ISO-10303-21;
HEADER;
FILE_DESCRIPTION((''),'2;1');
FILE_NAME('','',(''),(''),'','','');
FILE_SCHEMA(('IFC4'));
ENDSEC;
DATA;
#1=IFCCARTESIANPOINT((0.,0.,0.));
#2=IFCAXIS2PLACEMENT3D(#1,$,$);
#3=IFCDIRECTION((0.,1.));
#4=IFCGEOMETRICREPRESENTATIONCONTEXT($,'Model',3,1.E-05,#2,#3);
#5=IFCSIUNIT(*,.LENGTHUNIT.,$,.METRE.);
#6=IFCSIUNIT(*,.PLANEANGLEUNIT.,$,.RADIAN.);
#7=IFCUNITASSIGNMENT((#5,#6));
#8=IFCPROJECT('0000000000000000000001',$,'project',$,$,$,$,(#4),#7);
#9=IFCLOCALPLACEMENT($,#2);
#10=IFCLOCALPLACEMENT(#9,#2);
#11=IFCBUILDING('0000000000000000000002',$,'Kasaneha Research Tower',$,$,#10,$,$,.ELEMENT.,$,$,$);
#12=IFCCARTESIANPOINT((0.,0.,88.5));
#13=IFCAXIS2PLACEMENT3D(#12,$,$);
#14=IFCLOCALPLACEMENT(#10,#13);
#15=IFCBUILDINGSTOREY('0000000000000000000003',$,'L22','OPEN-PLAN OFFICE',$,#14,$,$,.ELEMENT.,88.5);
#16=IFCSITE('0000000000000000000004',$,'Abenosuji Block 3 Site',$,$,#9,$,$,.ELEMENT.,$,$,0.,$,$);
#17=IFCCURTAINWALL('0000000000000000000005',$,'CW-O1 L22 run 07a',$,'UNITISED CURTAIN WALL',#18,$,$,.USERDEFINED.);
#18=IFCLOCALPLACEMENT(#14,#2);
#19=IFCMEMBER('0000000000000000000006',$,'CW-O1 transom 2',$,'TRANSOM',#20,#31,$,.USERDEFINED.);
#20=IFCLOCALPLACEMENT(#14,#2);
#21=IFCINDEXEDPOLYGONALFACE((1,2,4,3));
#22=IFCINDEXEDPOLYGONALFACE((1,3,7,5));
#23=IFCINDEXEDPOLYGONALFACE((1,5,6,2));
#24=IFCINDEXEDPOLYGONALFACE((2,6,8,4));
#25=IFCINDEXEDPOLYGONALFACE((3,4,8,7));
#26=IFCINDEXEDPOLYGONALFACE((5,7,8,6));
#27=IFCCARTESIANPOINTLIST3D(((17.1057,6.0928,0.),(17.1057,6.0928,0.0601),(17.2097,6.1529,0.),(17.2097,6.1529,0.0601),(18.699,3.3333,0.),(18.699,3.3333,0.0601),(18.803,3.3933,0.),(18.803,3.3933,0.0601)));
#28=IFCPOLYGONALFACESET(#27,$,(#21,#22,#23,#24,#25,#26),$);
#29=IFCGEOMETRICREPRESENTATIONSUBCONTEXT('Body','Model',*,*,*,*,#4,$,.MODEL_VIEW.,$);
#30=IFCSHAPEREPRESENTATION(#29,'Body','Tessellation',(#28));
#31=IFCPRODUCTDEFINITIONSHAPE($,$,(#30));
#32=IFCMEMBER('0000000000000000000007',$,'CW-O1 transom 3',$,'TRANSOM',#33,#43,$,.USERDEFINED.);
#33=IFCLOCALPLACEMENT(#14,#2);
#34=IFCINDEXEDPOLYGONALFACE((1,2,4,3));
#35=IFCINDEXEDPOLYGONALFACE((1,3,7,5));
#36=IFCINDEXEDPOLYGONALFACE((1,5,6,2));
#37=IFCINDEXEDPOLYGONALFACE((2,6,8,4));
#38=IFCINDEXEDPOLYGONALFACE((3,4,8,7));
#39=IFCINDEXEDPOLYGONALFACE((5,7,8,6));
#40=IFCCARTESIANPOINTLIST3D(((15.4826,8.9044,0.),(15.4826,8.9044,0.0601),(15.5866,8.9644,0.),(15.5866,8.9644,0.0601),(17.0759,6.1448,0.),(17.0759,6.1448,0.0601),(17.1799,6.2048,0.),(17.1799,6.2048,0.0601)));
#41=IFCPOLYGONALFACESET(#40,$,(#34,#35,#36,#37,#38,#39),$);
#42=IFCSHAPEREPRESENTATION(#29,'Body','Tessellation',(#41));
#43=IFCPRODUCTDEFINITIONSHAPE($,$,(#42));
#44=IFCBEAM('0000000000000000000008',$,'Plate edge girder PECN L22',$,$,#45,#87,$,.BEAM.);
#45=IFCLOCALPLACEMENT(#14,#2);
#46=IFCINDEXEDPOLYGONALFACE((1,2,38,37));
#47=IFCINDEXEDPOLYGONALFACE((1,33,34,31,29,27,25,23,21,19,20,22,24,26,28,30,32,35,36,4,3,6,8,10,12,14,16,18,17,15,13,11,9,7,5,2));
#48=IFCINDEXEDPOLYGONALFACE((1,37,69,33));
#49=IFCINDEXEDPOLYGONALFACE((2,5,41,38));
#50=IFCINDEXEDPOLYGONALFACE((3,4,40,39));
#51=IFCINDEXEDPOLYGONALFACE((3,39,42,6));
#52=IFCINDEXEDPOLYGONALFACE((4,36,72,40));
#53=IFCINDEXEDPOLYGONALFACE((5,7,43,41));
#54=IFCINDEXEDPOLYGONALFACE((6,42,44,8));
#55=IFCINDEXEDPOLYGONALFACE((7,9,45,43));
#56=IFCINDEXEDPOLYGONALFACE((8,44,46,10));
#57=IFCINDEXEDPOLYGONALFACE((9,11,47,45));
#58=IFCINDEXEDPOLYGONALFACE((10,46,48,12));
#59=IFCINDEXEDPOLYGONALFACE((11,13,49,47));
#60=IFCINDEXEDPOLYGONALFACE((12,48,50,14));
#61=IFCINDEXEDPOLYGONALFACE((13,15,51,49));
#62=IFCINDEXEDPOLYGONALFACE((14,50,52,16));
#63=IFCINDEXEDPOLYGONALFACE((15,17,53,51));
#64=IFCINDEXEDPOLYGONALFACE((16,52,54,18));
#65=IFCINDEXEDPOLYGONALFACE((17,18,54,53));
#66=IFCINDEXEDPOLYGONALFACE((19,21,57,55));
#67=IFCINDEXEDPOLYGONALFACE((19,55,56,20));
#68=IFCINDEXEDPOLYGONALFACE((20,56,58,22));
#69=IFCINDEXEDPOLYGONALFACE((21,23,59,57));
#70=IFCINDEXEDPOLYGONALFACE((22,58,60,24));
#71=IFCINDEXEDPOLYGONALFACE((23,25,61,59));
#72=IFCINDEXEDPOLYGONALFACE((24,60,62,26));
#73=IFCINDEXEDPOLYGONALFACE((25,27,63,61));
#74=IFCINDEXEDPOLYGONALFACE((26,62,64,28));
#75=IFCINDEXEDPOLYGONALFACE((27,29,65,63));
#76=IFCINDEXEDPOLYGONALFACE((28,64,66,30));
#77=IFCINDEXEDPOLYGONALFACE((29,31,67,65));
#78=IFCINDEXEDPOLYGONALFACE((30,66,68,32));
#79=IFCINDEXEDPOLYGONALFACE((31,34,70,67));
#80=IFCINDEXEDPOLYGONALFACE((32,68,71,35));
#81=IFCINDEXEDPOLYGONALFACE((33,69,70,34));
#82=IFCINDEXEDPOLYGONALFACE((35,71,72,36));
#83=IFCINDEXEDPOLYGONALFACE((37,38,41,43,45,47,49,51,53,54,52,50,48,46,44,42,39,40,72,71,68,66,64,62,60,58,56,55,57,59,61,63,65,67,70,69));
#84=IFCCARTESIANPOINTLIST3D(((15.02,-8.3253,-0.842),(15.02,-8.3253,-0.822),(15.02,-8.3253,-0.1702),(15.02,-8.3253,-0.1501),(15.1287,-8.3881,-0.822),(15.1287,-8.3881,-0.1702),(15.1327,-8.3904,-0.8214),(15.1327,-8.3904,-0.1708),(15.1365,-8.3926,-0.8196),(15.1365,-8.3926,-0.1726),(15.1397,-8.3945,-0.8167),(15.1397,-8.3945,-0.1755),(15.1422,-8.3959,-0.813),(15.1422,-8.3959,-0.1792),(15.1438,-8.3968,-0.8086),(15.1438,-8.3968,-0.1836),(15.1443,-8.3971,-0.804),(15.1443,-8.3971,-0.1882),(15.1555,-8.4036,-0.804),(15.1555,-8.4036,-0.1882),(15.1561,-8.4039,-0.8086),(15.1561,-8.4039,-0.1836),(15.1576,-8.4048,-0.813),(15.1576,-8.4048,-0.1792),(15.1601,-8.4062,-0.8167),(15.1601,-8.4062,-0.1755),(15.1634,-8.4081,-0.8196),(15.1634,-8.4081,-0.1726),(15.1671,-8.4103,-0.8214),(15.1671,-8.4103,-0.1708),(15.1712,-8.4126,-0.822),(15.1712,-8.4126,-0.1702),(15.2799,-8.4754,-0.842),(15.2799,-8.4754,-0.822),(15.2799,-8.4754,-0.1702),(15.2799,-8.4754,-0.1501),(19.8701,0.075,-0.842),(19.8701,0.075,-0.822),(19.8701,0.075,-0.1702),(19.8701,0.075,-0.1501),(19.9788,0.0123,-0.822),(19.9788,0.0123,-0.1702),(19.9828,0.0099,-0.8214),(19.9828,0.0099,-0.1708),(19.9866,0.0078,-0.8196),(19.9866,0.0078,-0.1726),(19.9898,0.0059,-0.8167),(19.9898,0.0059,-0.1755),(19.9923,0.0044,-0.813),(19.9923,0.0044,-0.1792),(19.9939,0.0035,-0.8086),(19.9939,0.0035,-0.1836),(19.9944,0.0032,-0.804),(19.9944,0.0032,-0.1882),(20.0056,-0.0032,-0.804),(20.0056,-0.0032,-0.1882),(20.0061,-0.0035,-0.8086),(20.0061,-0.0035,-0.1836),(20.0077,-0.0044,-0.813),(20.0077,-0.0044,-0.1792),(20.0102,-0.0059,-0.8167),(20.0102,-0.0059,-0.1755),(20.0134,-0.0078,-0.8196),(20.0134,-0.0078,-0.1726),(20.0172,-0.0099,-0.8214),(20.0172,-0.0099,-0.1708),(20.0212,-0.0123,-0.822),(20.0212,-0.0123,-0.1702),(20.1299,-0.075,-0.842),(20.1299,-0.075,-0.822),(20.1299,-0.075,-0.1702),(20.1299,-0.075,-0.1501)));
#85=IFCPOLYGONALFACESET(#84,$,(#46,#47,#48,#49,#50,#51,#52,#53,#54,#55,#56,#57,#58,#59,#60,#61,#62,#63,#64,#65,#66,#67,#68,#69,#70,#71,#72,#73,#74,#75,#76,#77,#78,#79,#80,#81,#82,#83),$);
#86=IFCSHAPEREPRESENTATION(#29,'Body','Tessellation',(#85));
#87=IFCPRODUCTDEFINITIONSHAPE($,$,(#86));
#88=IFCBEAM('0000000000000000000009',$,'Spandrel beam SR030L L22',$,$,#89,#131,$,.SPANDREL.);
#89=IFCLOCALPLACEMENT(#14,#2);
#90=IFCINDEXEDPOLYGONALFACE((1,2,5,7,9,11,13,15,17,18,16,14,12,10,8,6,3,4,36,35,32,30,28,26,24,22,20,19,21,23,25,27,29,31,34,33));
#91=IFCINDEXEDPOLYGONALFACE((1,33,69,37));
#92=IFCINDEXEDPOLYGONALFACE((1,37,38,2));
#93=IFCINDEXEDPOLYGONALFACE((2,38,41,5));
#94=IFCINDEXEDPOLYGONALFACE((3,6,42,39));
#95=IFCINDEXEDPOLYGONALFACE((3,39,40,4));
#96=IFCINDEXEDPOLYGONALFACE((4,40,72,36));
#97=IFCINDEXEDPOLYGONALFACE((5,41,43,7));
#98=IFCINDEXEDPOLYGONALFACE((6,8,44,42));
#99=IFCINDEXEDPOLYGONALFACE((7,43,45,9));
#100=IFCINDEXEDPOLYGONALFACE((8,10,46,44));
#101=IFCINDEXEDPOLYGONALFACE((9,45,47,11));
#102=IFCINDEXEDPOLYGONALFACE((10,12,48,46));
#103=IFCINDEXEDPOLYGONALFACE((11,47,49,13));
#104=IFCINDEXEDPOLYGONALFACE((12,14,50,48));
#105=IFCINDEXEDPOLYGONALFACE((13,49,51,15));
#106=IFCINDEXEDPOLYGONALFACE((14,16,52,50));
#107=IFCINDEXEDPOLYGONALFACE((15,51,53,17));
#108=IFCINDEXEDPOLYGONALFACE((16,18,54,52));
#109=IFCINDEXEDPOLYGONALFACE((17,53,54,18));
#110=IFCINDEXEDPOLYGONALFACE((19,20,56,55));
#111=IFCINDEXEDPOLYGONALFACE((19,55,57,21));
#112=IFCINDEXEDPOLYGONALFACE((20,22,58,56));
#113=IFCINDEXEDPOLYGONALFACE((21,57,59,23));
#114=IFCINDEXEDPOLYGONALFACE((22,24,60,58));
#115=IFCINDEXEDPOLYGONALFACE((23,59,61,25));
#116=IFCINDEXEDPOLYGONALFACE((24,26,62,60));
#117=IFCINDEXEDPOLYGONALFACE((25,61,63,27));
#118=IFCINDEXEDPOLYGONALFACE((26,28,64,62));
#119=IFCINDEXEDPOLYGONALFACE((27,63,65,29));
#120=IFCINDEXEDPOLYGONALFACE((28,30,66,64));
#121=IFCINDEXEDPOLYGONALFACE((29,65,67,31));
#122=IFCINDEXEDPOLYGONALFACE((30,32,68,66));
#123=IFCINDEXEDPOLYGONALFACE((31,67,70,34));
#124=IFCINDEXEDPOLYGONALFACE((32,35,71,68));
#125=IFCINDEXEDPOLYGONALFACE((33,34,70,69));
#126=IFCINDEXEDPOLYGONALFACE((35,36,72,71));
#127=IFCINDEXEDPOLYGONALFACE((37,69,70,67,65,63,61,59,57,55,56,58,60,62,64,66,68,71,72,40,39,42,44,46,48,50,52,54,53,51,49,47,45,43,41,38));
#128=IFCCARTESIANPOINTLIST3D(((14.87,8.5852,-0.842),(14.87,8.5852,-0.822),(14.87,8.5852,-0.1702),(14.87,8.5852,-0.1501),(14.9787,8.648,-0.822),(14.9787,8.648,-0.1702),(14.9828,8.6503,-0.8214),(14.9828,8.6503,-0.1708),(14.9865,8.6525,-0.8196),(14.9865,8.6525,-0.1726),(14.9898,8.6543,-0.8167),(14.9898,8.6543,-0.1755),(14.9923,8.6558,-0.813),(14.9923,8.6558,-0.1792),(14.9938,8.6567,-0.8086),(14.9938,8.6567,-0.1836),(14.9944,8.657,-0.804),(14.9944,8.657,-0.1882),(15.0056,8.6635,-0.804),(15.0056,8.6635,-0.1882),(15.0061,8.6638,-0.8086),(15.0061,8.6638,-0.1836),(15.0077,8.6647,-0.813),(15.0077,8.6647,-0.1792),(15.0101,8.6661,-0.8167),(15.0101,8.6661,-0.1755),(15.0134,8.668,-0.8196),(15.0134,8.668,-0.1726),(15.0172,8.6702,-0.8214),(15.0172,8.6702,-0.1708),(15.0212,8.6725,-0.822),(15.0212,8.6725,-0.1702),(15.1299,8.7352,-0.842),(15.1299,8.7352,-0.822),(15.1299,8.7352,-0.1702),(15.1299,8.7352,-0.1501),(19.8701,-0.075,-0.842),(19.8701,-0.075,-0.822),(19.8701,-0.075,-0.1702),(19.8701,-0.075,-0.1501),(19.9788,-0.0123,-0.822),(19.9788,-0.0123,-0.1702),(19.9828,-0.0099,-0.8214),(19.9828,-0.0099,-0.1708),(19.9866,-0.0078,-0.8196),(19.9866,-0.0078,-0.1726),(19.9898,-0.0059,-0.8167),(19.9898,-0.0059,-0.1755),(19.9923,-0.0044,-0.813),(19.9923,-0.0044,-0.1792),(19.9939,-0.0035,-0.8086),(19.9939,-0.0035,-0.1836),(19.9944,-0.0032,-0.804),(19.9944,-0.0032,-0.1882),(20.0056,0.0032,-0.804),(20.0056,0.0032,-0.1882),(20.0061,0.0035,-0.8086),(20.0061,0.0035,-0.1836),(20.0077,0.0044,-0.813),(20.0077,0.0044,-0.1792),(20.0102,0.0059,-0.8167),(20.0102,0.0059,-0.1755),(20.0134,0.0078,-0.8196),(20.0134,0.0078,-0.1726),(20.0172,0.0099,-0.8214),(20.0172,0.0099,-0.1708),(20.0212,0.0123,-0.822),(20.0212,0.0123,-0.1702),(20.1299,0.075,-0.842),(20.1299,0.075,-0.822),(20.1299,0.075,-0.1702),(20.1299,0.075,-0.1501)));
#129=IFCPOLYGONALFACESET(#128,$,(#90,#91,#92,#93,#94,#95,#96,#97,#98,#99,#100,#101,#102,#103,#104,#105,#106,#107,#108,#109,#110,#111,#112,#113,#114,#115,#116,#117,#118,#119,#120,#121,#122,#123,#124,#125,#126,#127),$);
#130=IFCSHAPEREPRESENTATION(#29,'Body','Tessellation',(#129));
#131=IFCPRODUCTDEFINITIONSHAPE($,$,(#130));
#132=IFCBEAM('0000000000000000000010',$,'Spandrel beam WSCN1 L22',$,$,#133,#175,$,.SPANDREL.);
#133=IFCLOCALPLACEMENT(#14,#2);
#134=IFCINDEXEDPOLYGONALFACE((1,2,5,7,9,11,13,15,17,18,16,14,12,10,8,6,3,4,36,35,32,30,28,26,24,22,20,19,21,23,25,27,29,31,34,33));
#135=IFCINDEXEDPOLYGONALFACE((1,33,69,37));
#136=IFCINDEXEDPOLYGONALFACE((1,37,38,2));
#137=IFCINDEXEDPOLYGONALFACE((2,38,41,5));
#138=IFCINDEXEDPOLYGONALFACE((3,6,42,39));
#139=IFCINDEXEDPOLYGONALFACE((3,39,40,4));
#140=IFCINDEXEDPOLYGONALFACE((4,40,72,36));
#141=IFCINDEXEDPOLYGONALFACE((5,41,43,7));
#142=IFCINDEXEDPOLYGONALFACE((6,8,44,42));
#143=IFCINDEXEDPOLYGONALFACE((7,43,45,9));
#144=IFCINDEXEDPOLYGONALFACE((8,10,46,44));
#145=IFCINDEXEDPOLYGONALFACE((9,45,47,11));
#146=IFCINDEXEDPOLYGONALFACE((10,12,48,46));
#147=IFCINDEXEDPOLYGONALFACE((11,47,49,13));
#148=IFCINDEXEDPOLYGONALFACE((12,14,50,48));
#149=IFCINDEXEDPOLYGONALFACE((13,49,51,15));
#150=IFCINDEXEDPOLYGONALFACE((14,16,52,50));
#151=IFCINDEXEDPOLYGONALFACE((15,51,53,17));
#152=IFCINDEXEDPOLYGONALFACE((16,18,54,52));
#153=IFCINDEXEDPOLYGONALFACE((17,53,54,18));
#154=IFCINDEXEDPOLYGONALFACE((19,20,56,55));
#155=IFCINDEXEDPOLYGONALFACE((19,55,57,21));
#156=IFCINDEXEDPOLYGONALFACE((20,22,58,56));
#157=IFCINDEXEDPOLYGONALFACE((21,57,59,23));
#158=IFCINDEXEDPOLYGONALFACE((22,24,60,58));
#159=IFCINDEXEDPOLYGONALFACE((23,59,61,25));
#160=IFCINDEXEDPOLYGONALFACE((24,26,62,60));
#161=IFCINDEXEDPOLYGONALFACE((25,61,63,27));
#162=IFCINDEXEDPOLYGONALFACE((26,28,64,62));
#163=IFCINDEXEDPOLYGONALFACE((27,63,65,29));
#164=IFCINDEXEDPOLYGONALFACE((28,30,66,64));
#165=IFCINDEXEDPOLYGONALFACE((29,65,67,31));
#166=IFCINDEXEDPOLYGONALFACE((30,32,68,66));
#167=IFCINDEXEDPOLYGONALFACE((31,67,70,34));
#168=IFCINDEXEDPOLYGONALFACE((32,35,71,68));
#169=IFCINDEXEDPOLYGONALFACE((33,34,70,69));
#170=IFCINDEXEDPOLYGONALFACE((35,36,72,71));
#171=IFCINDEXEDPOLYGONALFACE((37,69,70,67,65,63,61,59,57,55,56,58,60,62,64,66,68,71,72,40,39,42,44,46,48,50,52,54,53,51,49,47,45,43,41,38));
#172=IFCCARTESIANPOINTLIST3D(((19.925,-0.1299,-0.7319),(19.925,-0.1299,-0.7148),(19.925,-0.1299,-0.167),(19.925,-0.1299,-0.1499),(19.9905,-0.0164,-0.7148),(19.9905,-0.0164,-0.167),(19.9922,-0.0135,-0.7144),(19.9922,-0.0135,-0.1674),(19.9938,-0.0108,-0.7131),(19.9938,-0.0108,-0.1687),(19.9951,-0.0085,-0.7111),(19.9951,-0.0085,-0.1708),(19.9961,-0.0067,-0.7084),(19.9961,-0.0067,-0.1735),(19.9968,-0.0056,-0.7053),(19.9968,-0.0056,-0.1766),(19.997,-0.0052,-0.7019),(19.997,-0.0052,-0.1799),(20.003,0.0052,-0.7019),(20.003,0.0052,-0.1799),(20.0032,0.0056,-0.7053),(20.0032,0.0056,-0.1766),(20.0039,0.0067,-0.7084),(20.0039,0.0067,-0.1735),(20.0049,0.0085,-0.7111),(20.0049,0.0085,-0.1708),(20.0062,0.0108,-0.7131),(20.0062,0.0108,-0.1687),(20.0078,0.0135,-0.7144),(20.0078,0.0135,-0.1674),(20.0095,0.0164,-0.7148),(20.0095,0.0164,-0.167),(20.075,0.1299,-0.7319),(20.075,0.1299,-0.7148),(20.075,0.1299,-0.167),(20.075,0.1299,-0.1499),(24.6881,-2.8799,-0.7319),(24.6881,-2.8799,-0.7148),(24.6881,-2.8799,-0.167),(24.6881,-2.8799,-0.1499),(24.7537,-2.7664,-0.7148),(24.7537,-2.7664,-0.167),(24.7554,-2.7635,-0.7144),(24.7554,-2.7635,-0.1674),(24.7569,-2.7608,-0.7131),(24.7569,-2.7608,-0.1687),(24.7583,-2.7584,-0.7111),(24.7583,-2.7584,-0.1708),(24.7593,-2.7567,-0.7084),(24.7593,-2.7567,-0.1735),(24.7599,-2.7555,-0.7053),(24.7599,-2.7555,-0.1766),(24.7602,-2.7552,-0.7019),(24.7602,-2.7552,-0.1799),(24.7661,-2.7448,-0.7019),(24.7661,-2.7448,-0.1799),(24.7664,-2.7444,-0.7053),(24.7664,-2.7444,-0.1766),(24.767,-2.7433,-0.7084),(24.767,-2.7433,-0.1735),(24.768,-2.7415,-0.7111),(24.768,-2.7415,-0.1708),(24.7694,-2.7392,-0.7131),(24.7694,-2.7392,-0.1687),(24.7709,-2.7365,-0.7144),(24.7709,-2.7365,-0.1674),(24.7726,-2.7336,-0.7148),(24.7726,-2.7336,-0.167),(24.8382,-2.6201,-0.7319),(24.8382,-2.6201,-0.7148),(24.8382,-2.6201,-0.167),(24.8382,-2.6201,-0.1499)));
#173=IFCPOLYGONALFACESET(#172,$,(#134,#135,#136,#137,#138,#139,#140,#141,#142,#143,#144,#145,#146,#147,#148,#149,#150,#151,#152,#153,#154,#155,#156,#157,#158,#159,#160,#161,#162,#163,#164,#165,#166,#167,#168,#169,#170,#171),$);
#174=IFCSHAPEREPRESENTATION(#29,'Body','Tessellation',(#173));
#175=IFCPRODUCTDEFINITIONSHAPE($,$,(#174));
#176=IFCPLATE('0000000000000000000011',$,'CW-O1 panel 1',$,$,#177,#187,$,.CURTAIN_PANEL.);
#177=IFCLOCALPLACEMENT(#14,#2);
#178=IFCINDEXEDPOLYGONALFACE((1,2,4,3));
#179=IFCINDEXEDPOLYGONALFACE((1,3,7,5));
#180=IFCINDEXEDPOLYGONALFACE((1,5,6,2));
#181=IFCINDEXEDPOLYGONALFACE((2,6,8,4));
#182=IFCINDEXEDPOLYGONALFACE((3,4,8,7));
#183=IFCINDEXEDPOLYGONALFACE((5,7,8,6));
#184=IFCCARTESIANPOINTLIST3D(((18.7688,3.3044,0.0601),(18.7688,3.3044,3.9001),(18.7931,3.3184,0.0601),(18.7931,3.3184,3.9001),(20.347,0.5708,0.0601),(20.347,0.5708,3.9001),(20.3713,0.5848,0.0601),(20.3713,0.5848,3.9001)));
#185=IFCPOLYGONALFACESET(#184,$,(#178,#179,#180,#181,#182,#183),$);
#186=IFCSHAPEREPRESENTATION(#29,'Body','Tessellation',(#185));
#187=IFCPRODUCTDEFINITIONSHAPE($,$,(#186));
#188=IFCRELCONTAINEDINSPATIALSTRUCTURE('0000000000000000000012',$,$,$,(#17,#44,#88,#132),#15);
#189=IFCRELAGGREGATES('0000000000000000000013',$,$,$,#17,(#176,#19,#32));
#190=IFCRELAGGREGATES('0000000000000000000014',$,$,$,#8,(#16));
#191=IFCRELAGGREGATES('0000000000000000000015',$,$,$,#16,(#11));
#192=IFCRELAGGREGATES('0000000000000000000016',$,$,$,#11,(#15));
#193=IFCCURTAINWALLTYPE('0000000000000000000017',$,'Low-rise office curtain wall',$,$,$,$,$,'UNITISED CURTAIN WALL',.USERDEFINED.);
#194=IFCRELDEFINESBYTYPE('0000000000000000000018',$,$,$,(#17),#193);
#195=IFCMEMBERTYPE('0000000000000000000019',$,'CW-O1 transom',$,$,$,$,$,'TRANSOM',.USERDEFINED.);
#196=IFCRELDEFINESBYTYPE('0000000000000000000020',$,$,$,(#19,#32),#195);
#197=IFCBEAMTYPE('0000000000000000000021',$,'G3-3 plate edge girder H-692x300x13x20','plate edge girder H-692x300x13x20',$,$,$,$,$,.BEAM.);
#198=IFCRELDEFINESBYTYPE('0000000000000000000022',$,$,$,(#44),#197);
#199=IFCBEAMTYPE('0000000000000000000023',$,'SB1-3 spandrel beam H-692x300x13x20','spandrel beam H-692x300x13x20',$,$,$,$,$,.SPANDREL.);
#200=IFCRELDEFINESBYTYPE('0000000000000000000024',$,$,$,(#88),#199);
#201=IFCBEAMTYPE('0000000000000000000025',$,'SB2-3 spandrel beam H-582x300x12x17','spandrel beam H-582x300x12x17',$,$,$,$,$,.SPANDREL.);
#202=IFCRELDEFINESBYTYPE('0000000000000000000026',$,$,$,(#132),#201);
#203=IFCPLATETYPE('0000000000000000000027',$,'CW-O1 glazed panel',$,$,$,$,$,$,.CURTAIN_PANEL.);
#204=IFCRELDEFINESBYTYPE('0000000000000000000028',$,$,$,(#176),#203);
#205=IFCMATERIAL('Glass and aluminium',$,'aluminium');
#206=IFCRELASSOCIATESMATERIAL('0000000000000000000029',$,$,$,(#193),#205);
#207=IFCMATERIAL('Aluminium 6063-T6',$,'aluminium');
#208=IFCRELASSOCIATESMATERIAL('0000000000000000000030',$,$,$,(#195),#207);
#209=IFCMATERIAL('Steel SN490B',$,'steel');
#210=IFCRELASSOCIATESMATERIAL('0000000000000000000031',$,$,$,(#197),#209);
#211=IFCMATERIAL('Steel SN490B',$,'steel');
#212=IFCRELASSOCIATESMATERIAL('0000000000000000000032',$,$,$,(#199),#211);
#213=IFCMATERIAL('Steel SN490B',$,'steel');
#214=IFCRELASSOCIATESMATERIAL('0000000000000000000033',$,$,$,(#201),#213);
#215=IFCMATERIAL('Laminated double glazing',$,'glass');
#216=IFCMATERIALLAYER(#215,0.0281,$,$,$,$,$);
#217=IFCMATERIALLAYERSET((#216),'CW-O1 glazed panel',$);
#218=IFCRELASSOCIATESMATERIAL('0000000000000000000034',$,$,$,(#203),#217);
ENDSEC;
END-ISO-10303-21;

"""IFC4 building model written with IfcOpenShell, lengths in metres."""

from ifc_helpers import new_model, si_unit, direction, frame, origin, origin_2d, place, context, subcontext, project, spatial, rectangle, i_section, extrude, material, layer, layer_set, material_profile, profile_set, type_object, element, aggregate, save


model = new_model("IFC4")

# Units and contexts
model_context = context("Model", 3, precision=1e-05, world=origin(), true_north=direction((0.0, 1.0)))
body_context = subcontext(model_context, "Body", "Model", "MODEL_VIEW")
ifc_project = project(units=[si_unit("LENGTHUNIT", "METRE"), si_unit("PLANEANGLEUNIT", "RADIAN")], contexts=[model_context])

# Site, building, storey
site_placement = place(None, origin())
site = spatial("IfcSite", under=ifc_project, at=site_placement, Name="Abenosuji Block 3 Site", CompositionType="ELEMENT", RefElevation=0.0)
building_placement = place(site_placement, origin())
building = spatial("IfcBuilding", under=site, at=building_placement, Name="Kasaneha Research Tower", CompositionType="ELEMENT")
storey_placement = place(building_placement, frame((0.0, 0.0, 88.5)))
storey = spatial("IfcBuildingStorey", under=building, at=storey_placement, Name="L22", Description="OPEN-PLAN OFFICE", CompositionType="ELEMENT", Elevation=88.5)

# Shared definitions
ifc_material_1 = material(Name="Glass and aluminium", Category="aluminium")
curtain_wall_type = type_object("IfcCurtainWallType", Name="Low-rise office curtain wall", ElementType="UNITISED CURTAIN WALL", PredefinedType="USERDEFINED", material=ifc_material_1)

# Curtain wall, members
curtain_wall_1_placement = place(storey_placement, origin())
curtain_wall_1 = element("IfcCurtainWall", 1, at=curtain_wall_1_placement, inside=storey, type_object=curtain_wall_type, Name="CW-O1 L22 run 07a", ObjectType="UNITISED CURTAIN WALL", PredefinedType="USERDEFINED")
ifc_material_2 = material(Name="Aluminium 6063-T6", Category="aluminium")
ifc_material_profile_1 = material_profile(ifc_material_2, rectangle(XDim=0.1201, YDim=0.0601, at=origin_2d()), Name="CW-O1 transom 120x60")
ifc_profile_set_1 = profile_set([ifc_material_profile_1], Name="Aluminium 6063-T6")
member_type_1 = type_object("IfcMemberType", Name="CW-O1 transom", ElementType="TRANSOM", PredefinedType="USERDEFINED", material=ifc_profile_set_1)
member_1_placement = place(storey_placement, frame((18.751, 3.3633, 0.03), z_axis=(-0.500012, 0.866018, 0.0), x_axis=(-0.866018, -0.500012, 0.0)))
member_1 = element("IfcMember", 2, at=member_1_placement, type_object=member_type_1, Name="CW-O1 transom 2", ObjectType="TRANSOM", PredefinedType="USERDEFINED", context=body_context, shape_type="SweptSolid", body=[
    extrude(rectangle(XDim=0.1201, YDim=0.0601, at=origin_2d()), origin(), (0.0, 0.0, 1.0), 3.1865),
])
member_2_placement = place(storey_placement, frame((17.1279, 6.1748, 0.03), z_axis=(-0.500012, 0.866018, 0.0), x_axis=(-0.866018, -0.500012, 0.0)))
member_2 = element("IfcMember", 3, at=member_2_placement, type_object=member_type_1, Name="CW-O1 transom 3", ObjectType="TRANSOM", PredefinedType="USERDEFINED", context=body_context, shape_type="SweptSolid", body=[
    extrude(rectangle(XDim=0.1201, YDim=0.0601, at=origin_2d()), origin(), (0.0, 0.0, 1.0), 3.1865),
])

# Beams
ifc_material_3 = material(Name="Steel SN490B", Category="steel")
ifc_material_profile_2 = material_profile(ifc_material_3, i_section(OverallWidth=0.3, OverallDepth=0.6919, WebThickness=0.0129, FlangeThickness=0.02, FilletRadius=0.0181, at=origin_2d()), Name="H-692x300x13x20")
ifc_profile_set_2 = profile_set([ifc_material_profile_2], Name="Steel SN490B")
beam_type_1 = type_object("IfcBeamType", Name="G3-3 plate edge girder H-692x300x13x20", Description="plate edge girder H-692x300x13x20", PredefinedType="BEAM", material=ifc_profile_set_2)
beam_1_placement = place(storey_placement, frame((20.0, 0.0, -0.4961), z_axis=(-0.50001, -0.86602, 0.0), x_axis=(0.86602, -0.50001, 0.0)))
element("IfcBeam", 4, at=beam_1_placement, inside=storey, type_object=beam_type_1, Name="Plate edge girder PECN L22", PredefinedType="BEAM", context=body_context, shape_type="SweptSolid", body=[
    extrude(i_section(OverallWidth=0.3, OverallDepth=0.6919, WebThickness=0.0129, FlangeThickness=0.02, FilletRadius=0.0181, at=origin_2d()), origin(), (0.0, 0.0, 1.0), 9.7),
])
ifc_material_4 = material(Name="Steel SN490B", Category="steel")
ifc_material_profile_3 = material_profile(ifc_material_4, i_section(OverallWidth=0.3, OverallDepth=0.6919, WebThickness=0.0129, FlangeThickness=0.02, FilletRadius=0.0181, at=origin_2d()), Name="H-692x300x13x20")
ifc_profile_set_3 = profile_set([ifc_material_profile_3], Name="Steel SN490B")
beam_type_2 = type_object("IfcBeamType", Name="SB1-3 spandrel beam H-692x300x13x20", Description="spandrel beam H-692x300x13x20", PredefinedType="SPANDREL", material=ifc_profile_set_3)
beam_2_placement = place(storey_placement, frame((20.0, 0.0, -0.4961), z_axis=(-0.500004, 0.866023, 0.0), x_axis=(-0.866023, -0.500004, 0.0)))
element("IfcBeam", 5, at=beam_2_placement, inside=storey, type_object=beam_type_2, Name="Spandrel beam SR030L L22", PredefinedType="SPANDREL", context=body_context, shape_type="SweptSolid", body=[
    extrude(i_section(OverallWidth=0.3, OverallDepth=0.6919, WebThickness=0.0129, FlangeThickness=0.02, FilletRadius=0.0181, at=origin_2d()), origin(), (0.0, 0.0, 1.0), 10.0),
])
ifc_material_5 = material(Name="Steel SN490B", Category="steel")
ifc_material_profile_4 = material_profile(ifc_material_5, i_section(OverallWidth=0.3, OverallDepth=0.582, WebThickness=0.012, FlangeThickness=0.0171, FilletRadius=0.0129, at=origin_2d()), Name="H-582x300x12x17")
ifc_profile_set_4 = profile_set([ifc_material_profile_4], Name="Steel SN490B")
beam_type_3 = type_object("IfcBeamType", Name="SB2-3 spandrel beam H-582x300x12x17", Description="spandrel beam H-582x300x12x17", PredefinedType="SPANDREL", material=ifc_profile_set_4)
beam_3_placement = place(storey_placement, frame((20.0, 0.0, -0.4409), z_axis=(0.866027, -0.499997, 0.0), x_axis=(0.499997, 0.866027, 0.0)))
element("IfcBeam", 6, at=beam_3_placement, inside=storey, type_object=beam_type_3, Name="Spandrel beam WSCN1 L22", PredefinedType="SPANDREL", context=body_context, shape_type="SweptSolid", body=[
    extrude(i_section(OverallWidth=0.3, OverallDepth=0.582, WebThickness=0.012, FlangeThickness=0.0171, FilletRadius=0.0129, at=origin_2d()), origin(), (0.0, 0.0, 1.0), 5.5),
])

# Plate
ifc_material_6 = material(Name="Laminated double glazing", Category="glass")
ifc_layer = layer(ifc_material_6, 0.0281)
ifc_layer_set = layer_set([ifc_layer], Name="CW-O1 glazed panel")
plate_type = type_object("IfcPlateType", Name="CW-O1 glazed panel", PredefinedType="CURTAIN_PANEL", material=ifc_layer_set)
plate_1_placement = place(storey_placement, frame((19.5701, 1.9446, 0.0601), z_axis=(0.0, 0.0, 1.0), x_axis=(-0.5, 0.866025, 0.0)))
plate_1 = element("IfcPlate", 7, at=plate_1_placement, type_object=plate_type, Name="CW-O1 panel 1", PredefinedType="CURTAIN_PANEL", context=body_context, shape_type="SweptSolid", body=[
    extrude(rectangle(XDim=3.1565, YDim=0.0281, at=origin_2d()), origin(), (0.0, 0.0, 1.0), 3.8401),
])
aggregate(curtain_wall_1, [plate_1, member_1, member_2])

save(model, "model.ifc")
